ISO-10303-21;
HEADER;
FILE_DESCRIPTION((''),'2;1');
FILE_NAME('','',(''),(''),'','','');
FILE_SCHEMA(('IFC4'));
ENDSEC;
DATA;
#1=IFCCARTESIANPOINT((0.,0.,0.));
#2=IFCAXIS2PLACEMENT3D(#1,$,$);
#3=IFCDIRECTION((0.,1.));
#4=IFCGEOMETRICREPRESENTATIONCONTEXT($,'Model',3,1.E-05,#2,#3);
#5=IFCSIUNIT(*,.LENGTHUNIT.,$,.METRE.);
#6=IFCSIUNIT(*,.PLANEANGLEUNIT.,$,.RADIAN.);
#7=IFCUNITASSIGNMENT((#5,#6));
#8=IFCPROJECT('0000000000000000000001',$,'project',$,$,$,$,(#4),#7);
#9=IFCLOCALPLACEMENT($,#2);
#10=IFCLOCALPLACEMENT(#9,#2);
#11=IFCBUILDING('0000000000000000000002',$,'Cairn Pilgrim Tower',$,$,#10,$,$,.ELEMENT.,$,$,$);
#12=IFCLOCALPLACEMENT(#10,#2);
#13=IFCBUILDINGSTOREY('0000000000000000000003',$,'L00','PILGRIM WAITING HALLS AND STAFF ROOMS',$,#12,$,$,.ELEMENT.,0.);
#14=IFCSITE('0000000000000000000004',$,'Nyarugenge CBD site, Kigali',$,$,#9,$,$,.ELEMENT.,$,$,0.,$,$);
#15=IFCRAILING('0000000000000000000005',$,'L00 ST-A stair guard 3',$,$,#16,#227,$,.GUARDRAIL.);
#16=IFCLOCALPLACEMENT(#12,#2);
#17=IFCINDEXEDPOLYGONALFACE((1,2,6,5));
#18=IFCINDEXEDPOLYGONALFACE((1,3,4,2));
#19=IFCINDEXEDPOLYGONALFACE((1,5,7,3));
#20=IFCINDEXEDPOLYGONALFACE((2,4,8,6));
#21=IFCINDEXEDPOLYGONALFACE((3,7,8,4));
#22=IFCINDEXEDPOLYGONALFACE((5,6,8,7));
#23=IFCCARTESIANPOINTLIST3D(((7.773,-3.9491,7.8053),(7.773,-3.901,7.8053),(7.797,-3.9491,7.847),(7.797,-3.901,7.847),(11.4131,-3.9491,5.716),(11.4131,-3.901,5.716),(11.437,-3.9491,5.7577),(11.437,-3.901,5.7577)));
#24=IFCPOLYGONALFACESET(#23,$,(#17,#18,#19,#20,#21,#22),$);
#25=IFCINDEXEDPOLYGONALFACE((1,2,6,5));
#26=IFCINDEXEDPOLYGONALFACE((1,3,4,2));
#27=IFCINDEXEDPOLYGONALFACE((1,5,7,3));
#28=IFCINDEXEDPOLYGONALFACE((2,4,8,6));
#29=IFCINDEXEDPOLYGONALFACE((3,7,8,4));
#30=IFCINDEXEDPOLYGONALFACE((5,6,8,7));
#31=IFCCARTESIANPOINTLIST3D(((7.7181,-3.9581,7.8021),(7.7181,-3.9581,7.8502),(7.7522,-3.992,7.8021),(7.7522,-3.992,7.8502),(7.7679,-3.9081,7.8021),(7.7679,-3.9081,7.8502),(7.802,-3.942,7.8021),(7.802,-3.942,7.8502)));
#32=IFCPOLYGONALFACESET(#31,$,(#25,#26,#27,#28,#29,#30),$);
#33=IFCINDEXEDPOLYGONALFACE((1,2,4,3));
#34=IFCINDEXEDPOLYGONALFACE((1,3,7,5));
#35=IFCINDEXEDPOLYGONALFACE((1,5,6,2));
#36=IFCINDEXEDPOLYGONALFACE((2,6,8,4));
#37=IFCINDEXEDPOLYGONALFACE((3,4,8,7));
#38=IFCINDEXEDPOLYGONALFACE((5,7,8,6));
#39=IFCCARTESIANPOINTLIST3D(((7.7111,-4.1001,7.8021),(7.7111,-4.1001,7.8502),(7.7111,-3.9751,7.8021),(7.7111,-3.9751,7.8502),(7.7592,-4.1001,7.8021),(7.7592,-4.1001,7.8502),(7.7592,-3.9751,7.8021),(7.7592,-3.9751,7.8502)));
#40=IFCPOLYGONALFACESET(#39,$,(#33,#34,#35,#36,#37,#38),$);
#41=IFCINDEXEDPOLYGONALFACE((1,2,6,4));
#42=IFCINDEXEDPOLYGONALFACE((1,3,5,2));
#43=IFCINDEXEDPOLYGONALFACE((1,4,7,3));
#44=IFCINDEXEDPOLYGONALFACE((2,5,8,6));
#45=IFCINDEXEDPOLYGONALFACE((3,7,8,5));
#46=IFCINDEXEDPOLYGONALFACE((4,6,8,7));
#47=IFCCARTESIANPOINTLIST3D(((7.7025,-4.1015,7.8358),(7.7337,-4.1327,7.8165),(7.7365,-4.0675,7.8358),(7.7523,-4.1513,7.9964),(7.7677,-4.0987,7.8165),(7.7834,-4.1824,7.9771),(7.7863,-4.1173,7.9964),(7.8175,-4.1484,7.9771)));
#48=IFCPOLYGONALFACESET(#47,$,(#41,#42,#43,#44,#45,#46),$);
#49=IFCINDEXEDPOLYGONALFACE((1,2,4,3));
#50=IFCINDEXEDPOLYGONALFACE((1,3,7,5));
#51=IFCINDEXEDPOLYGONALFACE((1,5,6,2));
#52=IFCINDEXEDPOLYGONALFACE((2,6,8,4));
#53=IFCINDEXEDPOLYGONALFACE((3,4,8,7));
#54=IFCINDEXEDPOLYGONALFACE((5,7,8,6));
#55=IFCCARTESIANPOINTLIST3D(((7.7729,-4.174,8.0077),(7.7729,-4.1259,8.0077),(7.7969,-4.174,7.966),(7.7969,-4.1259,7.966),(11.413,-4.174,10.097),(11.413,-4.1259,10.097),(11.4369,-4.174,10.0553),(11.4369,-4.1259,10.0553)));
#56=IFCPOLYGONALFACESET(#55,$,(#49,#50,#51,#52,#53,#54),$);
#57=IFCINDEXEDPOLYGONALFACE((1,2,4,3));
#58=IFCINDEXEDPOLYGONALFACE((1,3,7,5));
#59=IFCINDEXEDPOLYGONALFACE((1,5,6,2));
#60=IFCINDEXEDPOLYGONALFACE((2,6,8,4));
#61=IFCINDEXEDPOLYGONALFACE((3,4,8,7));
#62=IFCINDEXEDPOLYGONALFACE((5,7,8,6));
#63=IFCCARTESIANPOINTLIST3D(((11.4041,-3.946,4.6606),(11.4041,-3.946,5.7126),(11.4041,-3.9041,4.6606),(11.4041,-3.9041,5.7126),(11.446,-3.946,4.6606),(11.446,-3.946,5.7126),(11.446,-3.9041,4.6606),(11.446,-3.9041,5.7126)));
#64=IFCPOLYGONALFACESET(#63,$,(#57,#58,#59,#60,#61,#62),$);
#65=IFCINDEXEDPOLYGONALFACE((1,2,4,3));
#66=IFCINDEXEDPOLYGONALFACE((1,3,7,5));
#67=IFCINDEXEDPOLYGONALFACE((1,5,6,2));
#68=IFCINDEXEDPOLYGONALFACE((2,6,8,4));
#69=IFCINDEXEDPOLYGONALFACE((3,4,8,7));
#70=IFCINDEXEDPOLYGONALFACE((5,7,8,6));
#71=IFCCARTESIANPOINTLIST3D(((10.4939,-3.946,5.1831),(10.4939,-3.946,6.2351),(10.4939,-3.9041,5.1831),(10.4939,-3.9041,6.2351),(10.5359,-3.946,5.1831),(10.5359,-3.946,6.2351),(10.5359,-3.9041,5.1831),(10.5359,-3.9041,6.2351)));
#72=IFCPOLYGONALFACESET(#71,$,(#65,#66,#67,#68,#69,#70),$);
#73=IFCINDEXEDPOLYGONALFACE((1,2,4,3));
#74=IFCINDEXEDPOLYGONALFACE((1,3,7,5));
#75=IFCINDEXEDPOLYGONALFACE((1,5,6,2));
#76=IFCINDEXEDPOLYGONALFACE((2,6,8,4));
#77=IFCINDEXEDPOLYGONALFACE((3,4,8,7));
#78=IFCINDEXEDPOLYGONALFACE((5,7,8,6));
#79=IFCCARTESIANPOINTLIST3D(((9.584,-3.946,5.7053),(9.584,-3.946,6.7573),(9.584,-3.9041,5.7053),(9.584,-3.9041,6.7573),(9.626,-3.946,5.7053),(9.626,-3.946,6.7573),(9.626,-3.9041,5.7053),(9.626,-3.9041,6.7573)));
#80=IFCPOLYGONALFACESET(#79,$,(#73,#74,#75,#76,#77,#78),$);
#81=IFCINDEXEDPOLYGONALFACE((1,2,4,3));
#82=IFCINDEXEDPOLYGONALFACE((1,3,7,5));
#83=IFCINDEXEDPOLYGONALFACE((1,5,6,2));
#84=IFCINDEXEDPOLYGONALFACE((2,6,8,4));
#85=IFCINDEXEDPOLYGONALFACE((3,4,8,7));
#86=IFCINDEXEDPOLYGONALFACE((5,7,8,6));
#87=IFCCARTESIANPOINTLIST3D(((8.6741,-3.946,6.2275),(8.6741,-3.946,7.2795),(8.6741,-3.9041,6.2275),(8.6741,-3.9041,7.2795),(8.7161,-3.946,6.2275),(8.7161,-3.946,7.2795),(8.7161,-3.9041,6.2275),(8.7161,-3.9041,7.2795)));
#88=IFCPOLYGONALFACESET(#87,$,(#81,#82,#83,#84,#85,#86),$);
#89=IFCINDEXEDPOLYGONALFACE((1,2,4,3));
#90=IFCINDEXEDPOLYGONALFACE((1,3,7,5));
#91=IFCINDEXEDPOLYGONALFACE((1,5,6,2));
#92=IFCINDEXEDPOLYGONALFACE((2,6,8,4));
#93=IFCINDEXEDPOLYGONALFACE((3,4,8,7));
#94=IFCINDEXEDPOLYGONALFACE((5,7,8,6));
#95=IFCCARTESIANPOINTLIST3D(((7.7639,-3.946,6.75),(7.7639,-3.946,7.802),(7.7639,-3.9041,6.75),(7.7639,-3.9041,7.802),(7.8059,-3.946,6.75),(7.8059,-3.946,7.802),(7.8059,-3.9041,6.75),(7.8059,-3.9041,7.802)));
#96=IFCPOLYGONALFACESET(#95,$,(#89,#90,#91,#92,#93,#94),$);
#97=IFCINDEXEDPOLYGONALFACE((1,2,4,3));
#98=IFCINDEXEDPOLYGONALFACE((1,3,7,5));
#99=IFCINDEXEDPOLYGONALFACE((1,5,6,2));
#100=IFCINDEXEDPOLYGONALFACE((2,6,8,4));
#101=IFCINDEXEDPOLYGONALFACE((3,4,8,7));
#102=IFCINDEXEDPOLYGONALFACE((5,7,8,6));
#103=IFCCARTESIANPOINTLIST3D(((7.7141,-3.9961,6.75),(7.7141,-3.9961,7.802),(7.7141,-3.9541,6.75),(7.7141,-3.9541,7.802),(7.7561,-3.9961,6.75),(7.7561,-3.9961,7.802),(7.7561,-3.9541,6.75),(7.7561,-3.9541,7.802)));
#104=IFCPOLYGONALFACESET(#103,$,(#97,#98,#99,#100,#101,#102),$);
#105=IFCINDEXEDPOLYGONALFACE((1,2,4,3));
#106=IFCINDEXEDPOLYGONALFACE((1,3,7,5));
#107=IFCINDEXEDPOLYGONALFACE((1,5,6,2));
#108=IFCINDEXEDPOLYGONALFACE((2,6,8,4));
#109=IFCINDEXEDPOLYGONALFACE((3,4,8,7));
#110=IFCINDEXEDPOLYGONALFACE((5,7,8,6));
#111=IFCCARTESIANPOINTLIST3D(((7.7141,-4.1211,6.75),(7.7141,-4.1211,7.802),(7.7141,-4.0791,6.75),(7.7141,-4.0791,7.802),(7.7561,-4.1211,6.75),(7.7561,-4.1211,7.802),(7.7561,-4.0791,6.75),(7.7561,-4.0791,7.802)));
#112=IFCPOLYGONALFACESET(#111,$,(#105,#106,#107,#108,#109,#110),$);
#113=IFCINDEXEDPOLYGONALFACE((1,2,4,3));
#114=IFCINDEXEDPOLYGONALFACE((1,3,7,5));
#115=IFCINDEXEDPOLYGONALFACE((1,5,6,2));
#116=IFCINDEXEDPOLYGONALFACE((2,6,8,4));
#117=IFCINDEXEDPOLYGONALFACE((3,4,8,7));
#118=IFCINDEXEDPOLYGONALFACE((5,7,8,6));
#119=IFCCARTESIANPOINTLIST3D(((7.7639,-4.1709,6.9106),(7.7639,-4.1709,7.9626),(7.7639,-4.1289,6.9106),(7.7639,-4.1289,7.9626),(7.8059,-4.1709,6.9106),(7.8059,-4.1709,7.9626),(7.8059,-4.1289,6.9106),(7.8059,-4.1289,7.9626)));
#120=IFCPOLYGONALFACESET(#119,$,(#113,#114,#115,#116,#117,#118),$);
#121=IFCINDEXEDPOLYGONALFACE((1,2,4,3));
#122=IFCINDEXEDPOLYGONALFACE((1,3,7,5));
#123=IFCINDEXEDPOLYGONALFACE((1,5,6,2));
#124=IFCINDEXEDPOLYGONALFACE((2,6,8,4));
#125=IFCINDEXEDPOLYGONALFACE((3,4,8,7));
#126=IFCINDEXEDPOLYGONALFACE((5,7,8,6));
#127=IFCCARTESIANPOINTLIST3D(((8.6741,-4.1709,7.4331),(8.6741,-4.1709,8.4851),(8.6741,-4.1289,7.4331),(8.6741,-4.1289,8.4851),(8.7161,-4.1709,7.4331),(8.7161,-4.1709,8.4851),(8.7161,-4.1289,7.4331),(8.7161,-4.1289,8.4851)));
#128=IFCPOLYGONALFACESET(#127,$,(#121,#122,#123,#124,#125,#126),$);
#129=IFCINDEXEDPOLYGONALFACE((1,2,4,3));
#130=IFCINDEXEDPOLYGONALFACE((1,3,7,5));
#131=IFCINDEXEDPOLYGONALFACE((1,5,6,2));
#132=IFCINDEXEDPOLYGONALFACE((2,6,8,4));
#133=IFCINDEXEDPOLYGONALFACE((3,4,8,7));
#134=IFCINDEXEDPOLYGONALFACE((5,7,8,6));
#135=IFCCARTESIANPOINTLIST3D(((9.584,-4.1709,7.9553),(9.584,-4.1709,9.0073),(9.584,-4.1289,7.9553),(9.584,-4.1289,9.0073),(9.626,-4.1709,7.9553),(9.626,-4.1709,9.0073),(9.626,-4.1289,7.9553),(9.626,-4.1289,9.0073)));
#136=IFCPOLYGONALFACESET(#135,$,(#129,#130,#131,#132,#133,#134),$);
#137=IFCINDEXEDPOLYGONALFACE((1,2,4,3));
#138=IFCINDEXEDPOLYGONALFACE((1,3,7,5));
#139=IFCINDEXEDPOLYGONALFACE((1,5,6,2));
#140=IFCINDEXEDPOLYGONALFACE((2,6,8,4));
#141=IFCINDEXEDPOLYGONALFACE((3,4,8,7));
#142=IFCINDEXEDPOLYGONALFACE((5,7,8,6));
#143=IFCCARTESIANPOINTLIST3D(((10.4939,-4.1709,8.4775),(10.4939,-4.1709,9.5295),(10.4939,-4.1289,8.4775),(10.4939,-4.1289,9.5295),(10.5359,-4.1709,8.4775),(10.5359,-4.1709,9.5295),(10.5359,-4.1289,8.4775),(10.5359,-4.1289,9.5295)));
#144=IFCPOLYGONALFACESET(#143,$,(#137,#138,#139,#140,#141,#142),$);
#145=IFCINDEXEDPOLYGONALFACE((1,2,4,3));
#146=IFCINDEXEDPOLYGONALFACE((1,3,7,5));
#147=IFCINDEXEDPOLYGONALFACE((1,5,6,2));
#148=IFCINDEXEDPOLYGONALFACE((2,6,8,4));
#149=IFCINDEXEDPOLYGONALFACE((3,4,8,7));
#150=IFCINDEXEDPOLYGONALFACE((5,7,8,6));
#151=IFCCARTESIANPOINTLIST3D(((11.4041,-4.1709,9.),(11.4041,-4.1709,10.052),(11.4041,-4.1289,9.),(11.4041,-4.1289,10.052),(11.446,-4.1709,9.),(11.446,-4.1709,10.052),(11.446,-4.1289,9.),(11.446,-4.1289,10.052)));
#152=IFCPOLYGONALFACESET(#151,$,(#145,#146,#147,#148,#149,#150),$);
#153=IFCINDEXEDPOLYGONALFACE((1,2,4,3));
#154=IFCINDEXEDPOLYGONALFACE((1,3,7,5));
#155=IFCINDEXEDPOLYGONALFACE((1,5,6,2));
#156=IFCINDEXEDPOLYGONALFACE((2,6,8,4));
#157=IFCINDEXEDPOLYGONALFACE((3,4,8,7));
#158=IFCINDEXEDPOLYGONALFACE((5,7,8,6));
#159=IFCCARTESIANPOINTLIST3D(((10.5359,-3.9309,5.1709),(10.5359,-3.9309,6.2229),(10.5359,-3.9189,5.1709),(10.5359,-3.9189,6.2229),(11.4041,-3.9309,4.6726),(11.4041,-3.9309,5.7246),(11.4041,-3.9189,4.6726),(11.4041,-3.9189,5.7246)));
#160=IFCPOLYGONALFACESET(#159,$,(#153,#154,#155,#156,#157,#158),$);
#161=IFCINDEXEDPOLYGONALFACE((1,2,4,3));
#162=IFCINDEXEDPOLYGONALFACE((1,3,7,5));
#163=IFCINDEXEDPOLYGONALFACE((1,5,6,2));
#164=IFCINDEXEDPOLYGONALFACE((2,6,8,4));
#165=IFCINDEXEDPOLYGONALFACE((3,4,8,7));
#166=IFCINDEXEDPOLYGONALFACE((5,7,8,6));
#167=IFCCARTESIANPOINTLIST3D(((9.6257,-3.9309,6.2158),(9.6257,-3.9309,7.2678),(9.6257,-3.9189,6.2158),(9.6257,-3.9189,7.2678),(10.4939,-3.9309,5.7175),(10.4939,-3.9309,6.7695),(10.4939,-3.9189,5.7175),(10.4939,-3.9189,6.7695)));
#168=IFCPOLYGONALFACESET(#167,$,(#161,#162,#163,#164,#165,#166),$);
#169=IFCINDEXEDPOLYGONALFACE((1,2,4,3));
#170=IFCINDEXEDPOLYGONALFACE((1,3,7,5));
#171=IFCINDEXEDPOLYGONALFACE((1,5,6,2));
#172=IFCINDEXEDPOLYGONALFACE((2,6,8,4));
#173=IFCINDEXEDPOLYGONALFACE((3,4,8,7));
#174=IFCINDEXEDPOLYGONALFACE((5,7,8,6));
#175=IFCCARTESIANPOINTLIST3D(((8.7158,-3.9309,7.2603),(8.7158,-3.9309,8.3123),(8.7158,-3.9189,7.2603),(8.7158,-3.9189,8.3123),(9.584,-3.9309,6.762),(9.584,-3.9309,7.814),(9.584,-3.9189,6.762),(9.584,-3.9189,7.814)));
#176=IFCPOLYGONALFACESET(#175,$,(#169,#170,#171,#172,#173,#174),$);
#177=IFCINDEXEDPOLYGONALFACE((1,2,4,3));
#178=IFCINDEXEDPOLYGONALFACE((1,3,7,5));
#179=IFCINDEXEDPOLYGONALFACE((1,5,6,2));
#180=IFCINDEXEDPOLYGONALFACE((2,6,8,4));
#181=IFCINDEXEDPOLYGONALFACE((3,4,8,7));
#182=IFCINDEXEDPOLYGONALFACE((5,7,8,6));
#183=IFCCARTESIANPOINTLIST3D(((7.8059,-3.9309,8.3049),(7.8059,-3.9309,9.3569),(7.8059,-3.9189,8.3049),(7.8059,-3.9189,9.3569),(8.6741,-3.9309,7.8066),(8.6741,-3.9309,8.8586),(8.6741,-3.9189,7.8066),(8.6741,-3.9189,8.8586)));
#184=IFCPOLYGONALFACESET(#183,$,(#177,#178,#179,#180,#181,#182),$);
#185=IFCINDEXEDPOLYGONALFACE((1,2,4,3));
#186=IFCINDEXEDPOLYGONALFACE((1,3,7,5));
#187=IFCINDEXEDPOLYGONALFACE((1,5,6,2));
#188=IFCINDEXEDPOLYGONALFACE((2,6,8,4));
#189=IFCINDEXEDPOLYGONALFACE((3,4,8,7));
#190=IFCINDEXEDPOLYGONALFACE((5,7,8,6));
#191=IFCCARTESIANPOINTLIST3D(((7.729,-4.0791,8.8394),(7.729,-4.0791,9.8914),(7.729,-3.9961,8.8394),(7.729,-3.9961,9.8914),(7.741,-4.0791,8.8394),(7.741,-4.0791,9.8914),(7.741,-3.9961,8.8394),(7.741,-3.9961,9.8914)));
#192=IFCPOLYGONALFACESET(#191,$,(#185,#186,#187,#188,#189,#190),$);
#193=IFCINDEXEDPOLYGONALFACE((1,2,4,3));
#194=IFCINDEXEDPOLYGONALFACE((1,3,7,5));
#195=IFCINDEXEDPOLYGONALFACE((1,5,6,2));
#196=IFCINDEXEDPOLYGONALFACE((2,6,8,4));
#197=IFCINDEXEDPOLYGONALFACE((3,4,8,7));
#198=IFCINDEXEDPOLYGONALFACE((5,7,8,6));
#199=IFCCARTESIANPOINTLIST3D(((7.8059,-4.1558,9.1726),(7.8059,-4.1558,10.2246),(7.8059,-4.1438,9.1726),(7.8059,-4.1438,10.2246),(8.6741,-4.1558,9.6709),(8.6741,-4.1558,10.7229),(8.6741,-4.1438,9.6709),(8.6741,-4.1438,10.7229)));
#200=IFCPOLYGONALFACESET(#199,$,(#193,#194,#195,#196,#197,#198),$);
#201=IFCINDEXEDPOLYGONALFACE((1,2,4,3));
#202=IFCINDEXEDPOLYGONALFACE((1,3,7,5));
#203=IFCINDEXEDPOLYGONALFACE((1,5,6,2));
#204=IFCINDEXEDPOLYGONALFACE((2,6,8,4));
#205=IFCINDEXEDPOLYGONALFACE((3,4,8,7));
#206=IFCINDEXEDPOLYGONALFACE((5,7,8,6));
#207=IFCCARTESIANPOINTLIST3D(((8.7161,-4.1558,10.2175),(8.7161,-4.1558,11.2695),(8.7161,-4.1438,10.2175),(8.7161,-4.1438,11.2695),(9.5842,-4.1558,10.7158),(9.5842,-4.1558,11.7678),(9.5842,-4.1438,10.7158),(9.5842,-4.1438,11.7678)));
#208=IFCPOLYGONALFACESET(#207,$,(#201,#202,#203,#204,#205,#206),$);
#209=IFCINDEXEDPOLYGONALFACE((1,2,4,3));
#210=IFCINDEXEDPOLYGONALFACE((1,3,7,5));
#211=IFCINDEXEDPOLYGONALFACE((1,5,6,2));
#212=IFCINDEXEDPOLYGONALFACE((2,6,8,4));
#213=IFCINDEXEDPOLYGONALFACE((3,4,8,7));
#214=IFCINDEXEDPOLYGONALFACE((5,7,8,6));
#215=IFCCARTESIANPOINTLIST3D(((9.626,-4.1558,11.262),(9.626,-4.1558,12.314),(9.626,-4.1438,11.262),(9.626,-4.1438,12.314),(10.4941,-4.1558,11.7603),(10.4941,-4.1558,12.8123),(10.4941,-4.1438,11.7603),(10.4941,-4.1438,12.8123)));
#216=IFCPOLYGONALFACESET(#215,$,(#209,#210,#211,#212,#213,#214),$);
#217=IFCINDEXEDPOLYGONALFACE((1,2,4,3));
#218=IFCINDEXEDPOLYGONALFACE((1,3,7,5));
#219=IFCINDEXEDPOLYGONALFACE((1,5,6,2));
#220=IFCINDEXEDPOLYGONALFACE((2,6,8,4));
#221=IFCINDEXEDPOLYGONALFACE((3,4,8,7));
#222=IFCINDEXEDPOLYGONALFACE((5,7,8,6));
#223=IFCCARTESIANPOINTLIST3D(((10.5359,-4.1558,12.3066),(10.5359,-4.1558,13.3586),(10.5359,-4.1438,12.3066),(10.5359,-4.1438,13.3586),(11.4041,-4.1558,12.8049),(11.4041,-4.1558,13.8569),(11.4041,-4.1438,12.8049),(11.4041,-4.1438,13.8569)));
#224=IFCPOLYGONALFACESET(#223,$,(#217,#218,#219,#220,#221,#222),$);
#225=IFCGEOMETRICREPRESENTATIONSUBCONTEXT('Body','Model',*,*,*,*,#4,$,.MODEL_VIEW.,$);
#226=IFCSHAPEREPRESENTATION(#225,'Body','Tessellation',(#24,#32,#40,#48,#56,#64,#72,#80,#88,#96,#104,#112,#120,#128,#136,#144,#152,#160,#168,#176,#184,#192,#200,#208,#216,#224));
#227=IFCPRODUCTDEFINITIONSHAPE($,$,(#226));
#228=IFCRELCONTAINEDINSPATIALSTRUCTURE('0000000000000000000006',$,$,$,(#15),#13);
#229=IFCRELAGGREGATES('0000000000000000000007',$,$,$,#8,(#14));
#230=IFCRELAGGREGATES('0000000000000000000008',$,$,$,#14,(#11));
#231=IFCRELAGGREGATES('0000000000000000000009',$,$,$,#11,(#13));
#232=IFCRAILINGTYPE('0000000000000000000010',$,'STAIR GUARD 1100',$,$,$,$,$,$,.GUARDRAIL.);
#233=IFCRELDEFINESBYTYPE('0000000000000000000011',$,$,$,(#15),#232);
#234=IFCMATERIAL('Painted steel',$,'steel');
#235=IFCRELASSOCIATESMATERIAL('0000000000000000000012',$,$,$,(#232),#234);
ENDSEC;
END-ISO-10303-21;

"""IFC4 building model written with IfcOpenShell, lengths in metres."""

from ifc_helpers import new_model, si_unit, direction, frame, origin, origin_2d, place, context, subcontext, project, spatial, polyline, rectangle, outline, extrude, material, type_object, element, save


model = new_model("IFC4")

# Units and contexts
model_context = context("Model", 3, precision=1e-05, world=origin(), true_north=direction((0.0, 1.0)))
body_context = subcontext(model_context, "Body", "Model", "MODEL_VIEW")
ifc_project = project(units=[si_unit("LENGTHUNIT", "METRE"), si_unit("PLANEANGLEUNIT", "RADIAN")], contexts=[model_context])

# Site, building, storey
site_placement = place(None, origin())
site = spatial("IfcSite", under=ifc_project, at=site_placement, Name="Nyarugenge CBD site, Kigali", CompositionType="ELEMENT", RefElevation=0.0)
building_placement = place(site_placement, origin())
building = spatial("IfcBuilding", under=site, at=building_placement, Name="Cairn Pilgrim Tower", CompositionType="ELEMENT")
storey_placement = place(building_placement, origin())
storey = spatial("IfcBuildingStorey", under=building, at=storey_placement, Name="L00", Description="PILGRIM WAITING HALLS AND STAFF ROOMS", CompositionType="ELEMENT", Elevation=0.0)

# Shared definitions
ifc_material_1 = material(Name="Painted steel", Category="steel")

# Railing
railing_type_1 = type_object("IfcRailingType", Name="STAIR GUARD 1100", PredefinedType="GUARDRAIL", material=ifc_material_1)
railing_1_placement = place(storey_placement, frame((11.425, -3.925, 4.6606)))
element("IfcRailing", 1, at=railing_1_placement, inside=storey, type_object=railing_type_1, Name="L00 ST-A stair guard 3", PredefinedType="GUARDRAIL", context=body_context, shape_type="SweptSolid", body=[
    extrude(rectangle(XDim=0.0481, YDim=0.0481, at=origin_2d()), frame((0.0, 0.0, 1.0762), z_axis=(-0.867289, 0.0, 0.497804), x_axis=(0.0, -1.0, 0.0)), (0.0, 0.0, 1.0), 4.197),
    extrude(rectangle(XDim=0.0481, YDim=0.0481, at=origin_2d()), frame((-3.6401, 0.0, 3.1655), z_axis=(-0.705376, -0.708834, 0.0), x_axis=(0.708834, -0.705376, 0.0)), (0.0, 0.0, 1.0), 0.0706),
    extrude(rectangle(XDim=0.0481, YDim=0.0481, at=origin_2d()), frame((-3.6899, -0.05, 3.1655), z_axis=(0.0, -1.0, 0.0), x_axis=(1.0, 0.0, 0.0)), (0.0, 0.0, 1.0), 0.125),
    extrude(rectangle(XDim=0.0481, YDim=0.0481, at=origin_2d()), frame((-3.6899, -0.175, 3.1655), z_axis=(0.283938, -0.283938, 0.915838), x_axis=(0.707107, 0.707107, 0.0)), (0.0, 0.0, 1.0), 0.1753),
    extrude(rectangle(XDim=0.0481, YDim=0.0481, at=origin_2d()), frame((-3.6401, -0.2249, 3.3262), z_axis=(0.867289, 0.0, 0.497804), x_axis=(0.0, 1.0, 0.0)), (0.0, 0.0, 1.0), 4.197),
    extrude(rectangle(XDim=0.042, YDim=0.042, at=origin_2d()), origin(), (0.0, 0.0, 1.0), 1.052),
    extrude(rectangle(XDim=0.042, YDim=0.042, at=origin_2d()), frame((-0.9102, 0.0, 0.5225)), (0.0, 0.0, 1.0), 1.052),
    extrude(rectangle(XDim=0.042, YDim=0.042, at=origin_2d()), frame((-1.8201, 0.0, 1.0447)), (0.0, 0.0, 1.0), 1.052),
    extrude(rectangle(XDim=0.042, YDim=0.042, at=origin_2d()), frame((-2.73, 0.0, 1.5669)), (0.0, 0.0, 1.0), 1.052),
    extrude(rectangle(XDim=0.042, YDim=0.042, at=origin_2d()), frame((-3.6401, 0.0, 2.0894)), (0.0, 0.0, 1.0), 1.052),
    extrude(rectangle(XDim=0.042, YDim=0.042, at=origin_2d()), frame((-3.6899, -0.05, 2.0894)), (0.0, 0.0, 1.0), 1.052),
    extrude(rectangle(XDim=0.042, YDim=0.042, at=origin_2d()), frame((-3.6899, -0.175, 2.0894)), (0.0, 0.0, 1.0), 1.052),
    extrude(rectangle(XDim=0.042, YDim=0.042, at=origin_2d()), frame((-3.6401, -0.2249, 2.25)), (0.0, 0.0, 1.0), 1.052),
    extrude(rectangle(XDim=0.042, YDim=0.042, at=origin_2d()), frame((-2.73, -0.2249, 2.7725)), (0.0, 0.0, 1.0), 1.052),
    extrude(rectangle(XDim=0.042, YDim=0.042, at=origin_2d()), frame((-1.8201, -0.2249, 3.2947)), (0.0, 0.0, 1.0), 1.052),
    extrude(rectangle(XDim=0.042, YDim=0.042, at=origin_2d()), frame((-0.9102, -0.2249, 3.8169)), (0.0, 0.0, 1.0), 1.052),
    extrude(rectangle(XDim=0.042, YDim=0.042, at=origin_2d()), frame((0.0, -0.2249, 4.3394)), (0.0, 0.0, 1.0), 1.052),
    extrude(outline(polyline([(0.021, 0.012), (0.8892, 0.5103), (0.8892, 1.5623), (0.021, 1.064), (0.021, 0.012)])), frame((0.0, -0.0059, 0.0), z_axis=(0.0, 1.0, 0.0), x_axis=(-1.0, 0.0, 0.0)), (0.0, 0.0, 1.0), 0.012),
    extrude(outline(polyline([(0.021, 0.5344), (0.8892, 1.0327), (0.8892, 2.0847), (0.021, 1.5864), (0.021, 0.5344)])), frame((-0.9102, -0.0059, 0.5225), z_axis=(0.0, 1.0, 0.0), x_axis=(-1.0, 0.0, 0.0)), (0.0, 0.0, 1.0), 0.012),
    extrude(outline(polyline([(0.021, 1.0566), (0.8892, 1.5549), (0.8892, 2.6069), (0.021, 2.1086), (0.021, 1.0566)])), frame((-1.8201, -0.0059, 1.0447), z_axis=(0.0, 1.0, 0.0), x_axis=(-1.0, 0.0, 0.0)), (0.0, 0.0, 1.0), 0.012),
    extrude(outline(polyline([(0.021, 1.5791), (0.8892, 2.0774), (0.8892, 3.1294), (0.021, 2.6311), (0.021, 1.5791)])), frame((-2.73, -0.0059, 1.5669), z_axis=(0.0, 1.0, 0.0), x_axis=(-1.0, 0.0, 0.0)), (0.0, 0.0, 1.0), 0.012),
    extrude(outline(polyline([(0.021, 2.0894), (0.104, 2.0894), (0.104, 3.1414), (0.021, 3.1414), (0.021, 2.0894)])), frame((-3.6841, -0.05, 2.0894), z_axis=(-1.0, 0.0, 0.0), x_axis=(0.0, -1.0, 0.0)), (0.0, 0.0, 1.0), 0.012),
    extrude(outline(polyline([(0.021, 2.262), (0.8892, 2.7603), (0.8892, 3.8123), (0.021, 3.314), (0.021, 2.262)])), frame((-3.6401, -0.2188, 2.25), z_axis=(0.0, -1.0, 0.0), x_axis=(1.0, 0.0, 0.0)), (0.0, 0.0, 1.0), 0.012),
    extrude(outline(polyline([(0.021, 2.7844), (0.8892, 3.2827), (0.8892, 4.3347), (0.021, 3.8364), (0.021, 2.7844)])), frame((-2.73, -0.2188, 2.7725), z_axis=(0.0, -1.0, 0.0), x_axis=(1.0, 0.0, 0.0)), (0.0, 0.0, 1.0), 0.012),
    extrude(outline(polyline([(0.021, 3.3066), (0.8892, 3.8049), (0.8892, 4.8569), (0.021, 4.3586), (0.021, 3.3066)])), frame((-1.8201, -0.2188, 3.2947), z_axis=(0.0, -1.0, 0.0), x_axis=(1.0, 0.0, 0.0)), (0.0, 0.0, 1.0), 0.012),
    extrude(outline(polyline([(0.021, 3.8291), (0.8892, 4.3274), (0.8892, 5.3794), (0.021, 4.8811), (0.021, 3.8291)])), frame((-0.9102, -0.2188, 3.8169), z_axis=(0.0, -1.0, 0.0), x_axis=(1.0, 0.0, 0.0)), (0.0, 0.0, 1.0), 0.012),
])

save(model, "model.ifc")
